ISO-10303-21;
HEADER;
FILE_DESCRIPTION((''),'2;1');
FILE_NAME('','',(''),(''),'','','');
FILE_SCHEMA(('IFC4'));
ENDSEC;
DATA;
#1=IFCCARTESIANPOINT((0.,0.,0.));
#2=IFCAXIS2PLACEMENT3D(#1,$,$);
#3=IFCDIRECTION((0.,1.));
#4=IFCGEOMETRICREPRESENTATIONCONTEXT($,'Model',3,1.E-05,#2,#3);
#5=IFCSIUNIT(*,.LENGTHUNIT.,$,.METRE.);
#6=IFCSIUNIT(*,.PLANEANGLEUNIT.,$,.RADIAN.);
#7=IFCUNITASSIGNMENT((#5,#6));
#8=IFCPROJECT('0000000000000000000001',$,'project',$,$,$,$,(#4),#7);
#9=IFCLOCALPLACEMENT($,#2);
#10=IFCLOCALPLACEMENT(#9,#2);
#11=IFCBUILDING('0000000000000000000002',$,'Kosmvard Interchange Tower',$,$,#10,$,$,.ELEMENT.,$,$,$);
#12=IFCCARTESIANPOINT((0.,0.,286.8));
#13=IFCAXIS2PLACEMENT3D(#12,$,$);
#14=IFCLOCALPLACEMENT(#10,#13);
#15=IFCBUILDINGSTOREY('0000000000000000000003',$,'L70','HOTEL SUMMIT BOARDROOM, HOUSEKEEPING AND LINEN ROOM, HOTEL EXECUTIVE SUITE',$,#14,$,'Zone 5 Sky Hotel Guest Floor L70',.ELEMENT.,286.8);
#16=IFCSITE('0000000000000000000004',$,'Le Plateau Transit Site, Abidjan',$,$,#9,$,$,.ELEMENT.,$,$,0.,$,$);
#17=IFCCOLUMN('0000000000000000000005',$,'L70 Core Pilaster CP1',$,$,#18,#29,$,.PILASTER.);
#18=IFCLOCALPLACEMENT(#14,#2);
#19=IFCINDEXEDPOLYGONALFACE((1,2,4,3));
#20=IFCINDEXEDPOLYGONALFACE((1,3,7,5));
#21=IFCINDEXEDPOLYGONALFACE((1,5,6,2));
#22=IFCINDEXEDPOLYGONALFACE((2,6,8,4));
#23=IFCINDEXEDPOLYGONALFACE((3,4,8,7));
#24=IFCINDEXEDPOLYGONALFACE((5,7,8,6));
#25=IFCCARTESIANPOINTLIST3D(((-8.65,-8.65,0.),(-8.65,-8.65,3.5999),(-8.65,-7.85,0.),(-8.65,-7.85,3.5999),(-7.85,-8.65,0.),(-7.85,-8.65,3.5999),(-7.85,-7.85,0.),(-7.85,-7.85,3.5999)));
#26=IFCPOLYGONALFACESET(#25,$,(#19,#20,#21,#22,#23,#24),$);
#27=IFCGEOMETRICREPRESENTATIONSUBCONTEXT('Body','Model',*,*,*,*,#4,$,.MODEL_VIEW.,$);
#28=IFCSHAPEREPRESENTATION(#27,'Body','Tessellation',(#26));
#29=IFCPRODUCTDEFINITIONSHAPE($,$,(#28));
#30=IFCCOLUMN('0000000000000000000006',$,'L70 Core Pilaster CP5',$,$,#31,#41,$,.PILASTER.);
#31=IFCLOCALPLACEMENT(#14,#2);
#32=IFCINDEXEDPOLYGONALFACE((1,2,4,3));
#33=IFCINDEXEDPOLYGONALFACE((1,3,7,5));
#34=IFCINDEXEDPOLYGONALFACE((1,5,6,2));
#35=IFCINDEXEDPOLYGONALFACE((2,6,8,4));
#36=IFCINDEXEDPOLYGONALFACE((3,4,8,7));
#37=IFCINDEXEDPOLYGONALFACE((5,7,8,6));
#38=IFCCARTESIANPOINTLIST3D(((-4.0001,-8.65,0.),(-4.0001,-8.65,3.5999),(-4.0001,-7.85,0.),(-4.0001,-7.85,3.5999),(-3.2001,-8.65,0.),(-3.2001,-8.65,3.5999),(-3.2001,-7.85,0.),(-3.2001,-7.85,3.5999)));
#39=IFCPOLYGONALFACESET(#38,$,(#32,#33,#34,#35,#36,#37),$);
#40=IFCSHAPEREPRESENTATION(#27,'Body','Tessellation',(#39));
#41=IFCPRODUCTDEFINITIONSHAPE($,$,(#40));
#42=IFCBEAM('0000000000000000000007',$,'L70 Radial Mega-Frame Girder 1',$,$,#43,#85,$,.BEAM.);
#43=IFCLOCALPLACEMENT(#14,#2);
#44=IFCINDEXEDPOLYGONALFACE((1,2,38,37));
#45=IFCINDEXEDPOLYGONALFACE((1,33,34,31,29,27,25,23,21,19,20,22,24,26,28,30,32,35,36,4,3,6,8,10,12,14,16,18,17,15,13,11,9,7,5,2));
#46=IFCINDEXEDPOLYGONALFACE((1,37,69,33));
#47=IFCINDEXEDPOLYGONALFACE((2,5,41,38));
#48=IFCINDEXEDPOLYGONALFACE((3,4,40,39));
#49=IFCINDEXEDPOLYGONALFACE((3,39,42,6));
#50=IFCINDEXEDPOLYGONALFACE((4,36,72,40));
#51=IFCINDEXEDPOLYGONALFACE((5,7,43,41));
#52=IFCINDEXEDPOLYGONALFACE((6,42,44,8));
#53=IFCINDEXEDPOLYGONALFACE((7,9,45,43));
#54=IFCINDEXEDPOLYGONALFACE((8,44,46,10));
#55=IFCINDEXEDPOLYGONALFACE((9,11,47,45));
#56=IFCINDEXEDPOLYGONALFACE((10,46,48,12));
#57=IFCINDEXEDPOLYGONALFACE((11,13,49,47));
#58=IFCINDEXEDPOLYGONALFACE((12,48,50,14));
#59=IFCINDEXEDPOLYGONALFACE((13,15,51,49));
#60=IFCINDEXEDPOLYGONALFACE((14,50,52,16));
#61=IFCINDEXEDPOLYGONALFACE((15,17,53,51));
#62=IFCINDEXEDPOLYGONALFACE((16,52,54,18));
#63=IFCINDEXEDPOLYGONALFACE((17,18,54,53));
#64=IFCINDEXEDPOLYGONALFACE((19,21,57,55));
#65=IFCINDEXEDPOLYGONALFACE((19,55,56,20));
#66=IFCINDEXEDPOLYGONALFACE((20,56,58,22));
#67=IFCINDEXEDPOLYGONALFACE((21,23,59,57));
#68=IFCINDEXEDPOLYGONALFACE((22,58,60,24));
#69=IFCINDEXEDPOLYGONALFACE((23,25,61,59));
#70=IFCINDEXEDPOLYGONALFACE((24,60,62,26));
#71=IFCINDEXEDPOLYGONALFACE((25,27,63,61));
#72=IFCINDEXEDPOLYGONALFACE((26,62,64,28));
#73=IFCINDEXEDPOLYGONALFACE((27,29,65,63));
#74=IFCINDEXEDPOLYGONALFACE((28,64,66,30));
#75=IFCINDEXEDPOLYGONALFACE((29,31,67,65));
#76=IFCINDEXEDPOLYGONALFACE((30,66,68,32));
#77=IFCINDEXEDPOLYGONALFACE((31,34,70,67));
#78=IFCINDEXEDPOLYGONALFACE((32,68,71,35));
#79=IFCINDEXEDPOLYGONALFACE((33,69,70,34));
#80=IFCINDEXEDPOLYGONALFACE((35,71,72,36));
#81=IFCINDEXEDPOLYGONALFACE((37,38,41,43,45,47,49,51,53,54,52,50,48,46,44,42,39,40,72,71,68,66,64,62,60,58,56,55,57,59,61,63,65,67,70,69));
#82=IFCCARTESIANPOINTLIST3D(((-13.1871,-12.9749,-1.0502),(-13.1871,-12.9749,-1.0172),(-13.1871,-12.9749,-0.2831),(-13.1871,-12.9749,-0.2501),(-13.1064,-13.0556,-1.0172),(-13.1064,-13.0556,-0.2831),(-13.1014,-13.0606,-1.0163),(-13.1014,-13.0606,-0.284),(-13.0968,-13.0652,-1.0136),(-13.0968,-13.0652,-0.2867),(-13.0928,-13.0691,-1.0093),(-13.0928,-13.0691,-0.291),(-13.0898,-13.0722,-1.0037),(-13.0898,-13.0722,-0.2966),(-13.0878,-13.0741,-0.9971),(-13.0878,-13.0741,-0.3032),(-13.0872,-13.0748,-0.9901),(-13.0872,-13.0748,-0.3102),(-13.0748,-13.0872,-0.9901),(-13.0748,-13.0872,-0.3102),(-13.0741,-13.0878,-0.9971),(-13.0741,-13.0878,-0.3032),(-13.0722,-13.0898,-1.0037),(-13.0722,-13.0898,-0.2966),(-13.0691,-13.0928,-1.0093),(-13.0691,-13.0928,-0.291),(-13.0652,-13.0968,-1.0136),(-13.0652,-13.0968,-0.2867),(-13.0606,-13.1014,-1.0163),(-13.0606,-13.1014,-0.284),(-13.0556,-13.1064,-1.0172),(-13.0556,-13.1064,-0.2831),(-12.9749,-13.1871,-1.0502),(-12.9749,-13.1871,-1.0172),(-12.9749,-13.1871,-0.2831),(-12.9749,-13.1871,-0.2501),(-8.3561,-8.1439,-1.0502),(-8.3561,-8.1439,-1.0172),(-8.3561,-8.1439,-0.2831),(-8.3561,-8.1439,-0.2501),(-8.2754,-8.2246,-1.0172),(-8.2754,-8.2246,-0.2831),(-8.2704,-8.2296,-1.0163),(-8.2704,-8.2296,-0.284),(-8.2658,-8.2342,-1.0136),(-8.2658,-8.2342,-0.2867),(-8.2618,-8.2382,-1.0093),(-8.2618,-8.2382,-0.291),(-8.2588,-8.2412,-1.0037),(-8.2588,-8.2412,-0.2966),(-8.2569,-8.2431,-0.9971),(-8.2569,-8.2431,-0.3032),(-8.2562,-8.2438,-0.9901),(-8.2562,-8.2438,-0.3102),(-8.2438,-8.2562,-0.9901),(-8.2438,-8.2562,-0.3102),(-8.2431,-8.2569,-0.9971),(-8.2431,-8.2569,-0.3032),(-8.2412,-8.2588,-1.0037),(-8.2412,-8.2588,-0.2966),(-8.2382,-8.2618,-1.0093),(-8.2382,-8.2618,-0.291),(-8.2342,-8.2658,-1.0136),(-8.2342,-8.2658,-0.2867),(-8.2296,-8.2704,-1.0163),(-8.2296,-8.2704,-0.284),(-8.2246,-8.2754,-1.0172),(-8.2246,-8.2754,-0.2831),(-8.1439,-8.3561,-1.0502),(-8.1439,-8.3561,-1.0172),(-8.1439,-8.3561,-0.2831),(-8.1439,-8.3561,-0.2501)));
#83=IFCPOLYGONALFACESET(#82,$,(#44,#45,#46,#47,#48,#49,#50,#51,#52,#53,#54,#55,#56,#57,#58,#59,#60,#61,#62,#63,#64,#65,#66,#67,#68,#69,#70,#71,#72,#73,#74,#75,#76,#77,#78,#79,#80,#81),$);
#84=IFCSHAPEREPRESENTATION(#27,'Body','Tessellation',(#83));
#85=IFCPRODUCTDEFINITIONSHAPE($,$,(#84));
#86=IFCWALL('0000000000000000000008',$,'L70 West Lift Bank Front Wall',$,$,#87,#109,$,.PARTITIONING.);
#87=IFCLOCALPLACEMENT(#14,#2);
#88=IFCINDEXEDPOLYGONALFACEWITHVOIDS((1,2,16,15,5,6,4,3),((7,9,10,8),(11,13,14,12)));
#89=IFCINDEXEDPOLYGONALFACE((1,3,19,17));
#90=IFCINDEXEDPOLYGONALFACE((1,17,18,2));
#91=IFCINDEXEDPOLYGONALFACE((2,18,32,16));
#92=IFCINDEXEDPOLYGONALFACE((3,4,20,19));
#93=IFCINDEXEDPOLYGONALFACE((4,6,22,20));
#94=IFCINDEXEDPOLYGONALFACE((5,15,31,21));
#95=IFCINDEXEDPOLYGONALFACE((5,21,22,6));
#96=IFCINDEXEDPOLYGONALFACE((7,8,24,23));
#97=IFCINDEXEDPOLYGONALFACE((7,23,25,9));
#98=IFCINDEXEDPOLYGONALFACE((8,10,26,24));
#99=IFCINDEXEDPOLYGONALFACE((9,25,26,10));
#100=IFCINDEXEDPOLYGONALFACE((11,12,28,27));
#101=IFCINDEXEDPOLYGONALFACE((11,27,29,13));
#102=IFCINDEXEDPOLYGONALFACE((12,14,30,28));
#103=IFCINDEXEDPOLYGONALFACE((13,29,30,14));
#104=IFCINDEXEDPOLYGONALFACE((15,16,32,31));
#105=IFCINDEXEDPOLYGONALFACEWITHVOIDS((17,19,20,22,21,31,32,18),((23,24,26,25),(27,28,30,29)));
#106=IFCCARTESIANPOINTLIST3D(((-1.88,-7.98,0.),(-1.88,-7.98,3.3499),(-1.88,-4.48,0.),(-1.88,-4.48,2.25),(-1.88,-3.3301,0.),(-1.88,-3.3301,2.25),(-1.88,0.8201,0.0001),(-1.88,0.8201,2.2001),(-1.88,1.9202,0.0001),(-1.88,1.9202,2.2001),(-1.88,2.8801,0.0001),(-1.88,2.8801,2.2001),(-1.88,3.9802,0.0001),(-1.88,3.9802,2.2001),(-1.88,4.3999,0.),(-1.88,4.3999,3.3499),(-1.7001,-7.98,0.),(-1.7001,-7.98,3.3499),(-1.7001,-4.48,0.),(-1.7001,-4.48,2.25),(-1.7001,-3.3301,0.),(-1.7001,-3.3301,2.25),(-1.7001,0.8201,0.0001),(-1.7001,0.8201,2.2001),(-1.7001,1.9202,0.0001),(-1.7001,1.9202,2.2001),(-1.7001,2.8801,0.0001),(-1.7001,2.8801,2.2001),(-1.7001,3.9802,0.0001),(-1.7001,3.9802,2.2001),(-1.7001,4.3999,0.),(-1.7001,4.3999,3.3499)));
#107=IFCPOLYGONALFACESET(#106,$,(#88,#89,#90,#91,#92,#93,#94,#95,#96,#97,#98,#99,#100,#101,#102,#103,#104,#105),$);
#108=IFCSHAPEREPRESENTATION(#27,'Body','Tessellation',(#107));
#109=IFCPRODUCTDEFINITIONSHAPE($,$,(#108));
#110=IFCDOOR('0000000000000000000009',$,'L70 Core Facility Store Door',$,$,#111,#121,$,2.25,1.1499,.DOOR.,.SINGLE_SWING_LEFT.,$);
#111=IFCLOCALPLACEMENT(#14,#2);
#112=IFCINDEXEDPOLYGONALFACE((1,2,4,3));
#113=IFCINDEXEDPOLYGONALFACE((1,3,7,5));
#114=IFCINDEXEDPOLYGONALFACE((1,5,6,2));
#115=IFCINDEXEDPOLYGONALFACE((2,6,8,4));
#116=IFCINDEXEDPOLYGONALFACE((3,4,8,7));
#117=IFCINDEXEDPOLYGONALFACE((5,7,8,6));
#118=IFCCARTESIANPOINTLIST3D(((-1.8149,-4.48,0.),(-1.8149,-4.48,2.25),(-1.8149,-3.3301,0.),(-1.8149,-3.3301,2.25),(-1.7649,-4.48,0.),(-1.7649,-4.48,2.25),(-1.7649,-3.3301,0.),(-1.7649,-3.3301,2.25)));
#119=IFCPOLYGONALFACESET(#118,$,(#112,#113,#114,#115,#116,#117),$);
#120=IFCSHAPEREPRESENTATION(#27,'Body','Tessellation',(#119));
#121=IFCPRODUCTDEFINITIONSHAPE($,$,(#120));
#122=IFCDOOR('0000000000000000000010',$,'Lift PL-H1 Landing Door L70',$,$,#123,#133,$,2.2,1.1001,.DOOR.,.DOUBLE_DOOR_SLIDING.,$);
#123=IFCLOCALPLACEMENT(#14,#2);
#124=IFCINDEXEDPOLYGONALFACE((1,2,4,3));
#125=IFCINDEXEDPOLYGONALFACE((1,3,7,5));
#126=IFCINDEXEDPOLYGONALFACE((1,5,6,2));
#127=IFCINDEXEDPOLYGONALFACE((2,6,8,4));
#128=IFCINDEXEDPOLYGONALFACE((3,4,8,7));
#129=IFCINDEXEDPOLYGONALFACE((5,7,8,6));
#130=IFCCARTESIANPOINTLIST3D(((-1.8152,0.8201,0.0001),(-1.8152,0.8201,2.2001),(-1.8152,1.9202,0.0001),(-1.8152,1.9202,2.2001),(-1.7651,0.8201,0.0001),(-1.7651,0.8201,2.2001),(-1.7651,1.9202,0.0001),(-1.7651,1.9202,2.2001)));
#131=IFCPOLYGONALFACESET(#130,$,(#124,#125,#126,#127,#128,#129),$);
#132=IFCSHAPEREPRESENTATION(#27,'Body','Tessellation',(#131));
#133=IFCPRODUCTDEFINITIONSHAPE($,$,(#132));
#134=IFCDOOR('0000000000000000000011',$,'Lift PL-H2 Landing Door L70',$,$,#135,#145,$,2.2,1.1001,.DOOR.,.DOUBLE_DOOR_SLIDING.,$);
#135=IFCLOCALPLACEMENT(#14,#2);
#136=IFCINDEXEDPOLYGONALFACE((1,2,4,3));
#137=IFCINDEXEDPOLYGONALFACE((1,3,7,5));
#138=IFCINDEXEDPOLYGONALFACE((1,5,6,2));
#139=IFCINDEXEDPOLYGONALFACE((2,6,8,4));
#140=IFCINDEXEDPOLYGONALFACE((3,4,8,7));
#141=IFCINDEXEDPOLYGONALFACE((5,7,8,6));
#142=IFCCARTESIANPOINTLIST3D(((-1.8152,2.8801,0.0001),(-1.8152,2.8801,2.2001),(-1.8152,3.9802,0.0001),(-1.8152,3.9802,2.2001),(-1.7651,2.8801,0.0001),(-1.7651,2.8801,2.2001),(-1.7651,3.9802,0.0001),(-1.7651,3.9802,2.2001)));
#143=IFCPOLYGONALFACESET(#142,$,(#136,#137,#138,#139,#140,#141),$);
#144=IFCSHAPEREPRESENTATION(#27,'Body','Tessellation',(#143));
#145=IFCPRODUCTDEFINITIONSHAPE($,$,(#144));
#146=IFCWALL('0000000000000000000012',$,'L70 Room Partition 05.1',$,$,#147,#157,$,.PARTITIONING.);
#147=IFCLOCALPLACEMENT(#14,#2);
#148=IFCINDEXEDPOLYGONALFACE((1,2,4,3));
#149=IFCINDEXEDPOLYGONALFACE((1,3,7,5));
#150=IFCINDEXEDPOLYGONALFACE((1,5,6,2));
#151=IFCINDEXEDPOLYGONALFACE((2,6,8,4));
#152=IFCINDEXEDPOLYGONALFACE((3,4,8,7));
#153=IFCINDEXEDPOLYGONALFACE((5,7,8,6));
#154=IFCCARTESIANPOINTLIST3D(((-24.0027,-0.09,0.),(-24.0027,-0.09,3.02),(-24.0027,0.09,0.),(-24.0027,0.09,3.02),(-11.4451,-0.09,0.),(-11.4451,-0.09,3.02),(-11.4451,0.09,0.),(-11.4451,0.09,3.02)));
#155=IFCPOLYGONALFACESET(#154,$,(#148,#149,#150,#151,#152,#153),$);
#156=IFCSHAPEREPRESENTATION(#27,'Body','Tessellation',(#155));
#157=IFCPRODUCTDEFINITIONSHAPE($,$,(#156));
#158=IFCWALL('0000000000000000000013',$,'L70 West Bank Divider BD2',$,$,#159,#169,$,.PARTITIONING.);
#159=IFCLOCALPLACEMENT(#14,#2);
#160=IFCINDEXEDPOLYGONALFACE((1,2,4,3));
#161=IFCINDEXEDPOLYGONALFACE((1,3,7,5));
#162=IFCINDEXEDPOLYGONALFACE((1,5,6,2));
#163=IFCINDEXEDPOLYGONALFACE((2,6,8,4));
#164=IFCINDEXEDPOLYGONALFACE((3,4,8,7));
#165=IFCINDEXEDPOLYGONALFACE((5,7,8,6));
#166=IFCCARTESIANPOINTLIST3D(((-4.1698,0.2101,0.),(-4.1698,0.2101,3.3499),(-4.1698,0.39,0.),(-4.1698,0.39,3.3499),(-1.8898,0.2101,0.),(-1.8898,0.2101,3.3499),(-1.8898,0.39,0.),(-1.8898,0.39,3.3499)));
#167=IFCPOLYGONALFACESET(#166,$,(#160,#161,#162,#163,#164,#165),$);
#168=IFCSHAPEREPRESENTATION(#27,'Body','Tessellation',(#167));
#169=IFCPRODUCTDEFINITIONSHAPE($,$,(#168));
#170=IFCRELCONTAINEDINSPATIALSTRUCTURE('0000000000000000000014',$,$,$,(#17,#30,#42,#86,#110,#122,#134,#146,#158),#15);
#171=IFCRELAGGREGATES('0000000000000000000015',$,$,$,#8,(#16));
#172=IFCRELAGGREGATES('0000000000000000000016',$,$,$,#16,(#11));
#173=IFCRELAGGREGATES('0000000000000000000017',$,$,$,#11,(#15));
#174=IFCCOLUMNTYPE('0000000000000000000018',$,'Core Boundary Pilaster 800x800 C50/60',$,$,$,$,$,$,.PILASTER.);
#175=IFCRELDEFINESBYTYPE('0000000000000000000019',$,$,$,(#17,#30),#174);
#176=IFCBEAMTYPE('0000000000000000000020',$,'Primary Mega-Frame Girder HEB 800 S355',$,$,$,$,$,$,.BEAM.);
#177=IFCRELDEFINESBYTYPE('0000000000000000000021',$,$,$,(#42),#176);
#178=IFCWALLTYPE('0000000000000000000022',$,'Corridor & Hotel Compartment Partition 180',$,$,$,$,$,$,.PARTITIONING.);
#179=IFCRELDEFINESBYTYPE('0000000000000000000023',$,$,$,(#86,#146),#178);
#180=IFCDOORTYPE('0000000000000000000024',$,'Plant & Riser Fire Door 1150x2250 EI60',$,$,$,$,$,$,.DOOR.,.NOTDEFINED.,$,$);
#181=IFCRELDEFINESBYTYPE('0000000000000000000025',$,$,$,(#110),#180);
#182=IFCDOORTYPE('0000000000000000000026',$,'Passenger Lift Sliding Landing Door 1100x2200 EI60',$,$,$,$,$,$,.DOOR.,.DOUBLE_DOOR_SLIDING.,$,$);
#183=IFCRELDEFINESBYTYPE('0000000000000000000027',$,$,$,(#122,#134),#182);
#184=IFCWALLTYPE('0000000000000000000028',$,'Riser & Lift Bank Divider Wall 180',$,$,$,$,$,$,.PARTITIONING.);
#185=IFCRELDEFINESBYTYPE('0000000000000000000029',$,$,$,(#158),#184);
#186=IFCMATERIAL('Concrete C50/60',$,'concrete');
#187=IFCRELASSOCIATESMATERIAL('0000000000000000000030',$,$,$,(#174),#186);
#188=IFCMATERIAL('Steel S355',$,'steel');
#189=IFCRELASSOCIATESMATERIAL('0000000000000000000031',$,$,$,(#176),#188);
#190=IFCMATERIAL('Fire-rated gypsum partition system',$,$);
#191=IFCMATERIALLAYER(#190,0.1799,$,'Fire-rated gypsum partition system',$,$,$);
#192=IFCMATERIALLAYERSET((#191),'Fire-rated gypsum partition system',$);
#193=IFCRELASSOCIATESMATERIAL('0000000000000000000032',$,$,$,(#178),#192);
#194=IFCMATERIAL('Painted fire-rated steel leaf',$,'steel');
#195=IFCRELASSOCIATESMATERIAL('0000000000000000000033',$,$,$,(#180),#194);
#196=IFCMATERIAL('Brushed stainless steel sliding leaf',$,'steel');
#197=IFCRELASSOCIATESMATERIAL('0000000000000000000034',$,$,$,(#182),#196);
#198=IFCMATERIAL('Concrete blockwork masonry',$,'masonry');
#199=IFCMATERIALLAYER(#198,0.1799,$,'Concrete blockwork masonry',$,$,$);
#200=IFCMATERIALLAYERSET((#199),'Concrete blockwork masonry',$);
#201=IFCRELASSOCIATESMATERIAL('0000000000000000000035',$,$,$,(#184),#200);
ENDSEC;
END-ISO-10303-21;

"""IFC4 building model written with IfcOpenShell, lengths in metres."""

from ifc_helpers import new_model, si_unit, direction, frame, frame_2d, origin, origin_2d, place, context, subcontext, project, spatial, rectangle, i_section, extrude, source, transform, mapped, material, layer, layer_set, material_profile, profile_set, type_object, element, fill, save


model = new_model("IFC4")

# Units and contexts
model_context = context("Model", 3, precision=1e-05, world=origin(), true_north=direction((0.0, 1.0)))
body_context = subcontext(model_context, "Body", "Model", "MODEL_VIEW")
ifc_project = project(units=[si_unit("LENGTHUNIT", "METRE"), si_unit("PLANEANGLEUNIT", "RADIAN")], contexts=[model_context])

# Site, building, storey
site_placement = place(None, origin())
site = spatial("IfcSite", under=ifc_project, at=site_placement, Name="Le Plateau Transit Site, Abidjan", CompositionType="ELEMENT", RefElevation=0.0)
building_placement = place(site_placement, origin())
building = spatial("IfcBuilding", under=site, at=building_placement, Name="Kosmvard Interchange Tower", CompositionType="ELEMENT")
storey_placement = place(building_placement, frame((0.0, 0.0, 286.8)))
storey = spatial("IfcBuildingStorey", under=building, at=storey_placement, Name="L70", Description="HOTEL SUMMIT BOARDROOM, HOUSEKEEPING AND LINEN ROOM, HOTEL EXECUTIVE SUITE", LongName="Zone 5 Sky Hotel Guest Floor L70", CompositionType="ELEMENT", Elevation=286.8)

# Columns
ifc_material_1 = material(Name="Concrete C50/60", Category="concrete")
ifc_material_profile_1 = material_profile(ifc_material_1, rectangle(XDim=0.8, YDim=0.8, at=origin_2d()), Name="CP 800x800")
ifc_profile_set_1 = profile_set([ifc_material_profile_1], Name="Concrete C50/60")
column_type = type_object("IfcColumnType", Name="Core Boundary Pilaster 800x800 C50/60", PredefinedType="PILASTER", material=ifc_profile_set_1)
shared_shape_1 = source(origin(), body_context, "Body", "SweptSolid", [
    extrude(rectangle(XDim=0.8, YDim=0.8, at=origin_2d()), origin(), (0.0, 0.0, 1.0), 3.5999),
])
for number, where, z_axis, x_axis, name in (
    (1, (-8.25, -8.25, 0.0), (0.0, 0.0, 1.0), (1.0, 0.0, 0.0), "L70 Core Pilaster CP1"),
    (2, (-3.6001, -8.25, 0.0), (0.0, 0.0, 1.0), (1.0, 0.0, 0.0), "L70 Core Pilaster CP5"),
):
    element("IfcColumn", number, at=place(storey_placement, frame(where, z_axis=z_axis, x_axis=x_axis)), inside=storey, type_object=column_type, Name=name, PredefinedType="PILASTER", context=body_context, shape_type="MappedRepresentation", body=[
        mapped(shared_shape_1, transform((0.0, 0.0, 0.0), scale=1.0)),
    ])

# Beam
ifc_material_2 = material(Name="Steel S355", Category="steel")
ifc_material_profile_2 = material_profile(ifc_material_2, i_section(OverallWidth=0.3, OverallDepth=0.8, WebThickness=0.0176, FlangeThickness=0.033, FilletRadius=0.0271, at=origin_2d()), Name="HEB 800")
ifc_profile_set_2 = profile_set([ifc_material_profile_2], Name="Steel S355")
beam_type = type_object("IfcBeamType", Name="Primary Mega-Frame Girder HEB 800 S355", PredefinedType="BEAM", material=ifc_profile_set_2)
shared_shape_2 = source(origin(), body_context, "Body", "SweptSolid", [
    extrude(i_section(OverallWidth=0.3, OverallDepth=0.8, WebThickness=0.0176, FlangeThickness=0.033, FilletRadius=0.0271, at=origin_2d()), origin(), (0.0, 0.0, 1.0), 6.832),
])
beam_placement = place(storey_placement, frame((-8.25, -8.25, -0.6501), z_axis=(-0.707107, -0.707107, 0.0), x_axis=(0.707107, -0.707107, 0.0)))
element("IfcBeam", 3, at=beam_placement, inside=storey, type_object=beam_type, Name="L70 Radial Mega-Frame Girder 1", PredefinedType="BEAM", context=body_context, shape_type="MappedRepresentation", body=[
    mapped(shared_shape_2, transform((0.0, 0.0, 0.0), scale=1.0)),
])

# Wall, openings, doors
ifc_material_3 = material(Name="Fire-rated gypsum partition system")
ifc_layer_1 = layer(ifc_material_3, 0.1799, Name="Fire-rated gypsum partition system")
ifc_layer_set_1 = layer_set([ifc_layer_1], Name="Fire-rated gypsum partition system")
wall_type_1 = type_object("IfcWallType", Name="Corridor & Hotel Compartment Partition 180", PredefinedType="PARTITIONING", material=ifc_layer_set_1)
wall_1_placement = place(storey_placement, frame((-1.79, -7.98, 0.0), z_axis=(0.0, 0.0, 1.0), x_axis=(0.0, 1.0, 0.0)))
wall_1 = element("IfcWall", 4, at=wall_1_placement, inside=storey, type_object=wall_type_1, Name="L70 West Lift Bank Front Wall", PredefinedType="PARTITIONING", context=body_context, shape_type="SweptSolid", body=[
    extrude(rectangle(XDim=12.3799, YDim=0.1799, at=frame_2d((6.1899, 0.0))), origin(), (0.0, 0.0, 1.0), 3.3499),
])
opening_1_placement = place(wall_1_placement, frame((8.8, 0.0, 0.0)))
opening_1 = element("IfcOpeningElement", 5, at=opening_1_placement, cuts=wall_1, PredefinedType="OPENING", context=body_context, shape_type="SweptSolid", body=[
    extrude(rectangle(XDim=1.1001, YDim=2.2, at=frame_2d((0.55, 1.1001))), frame((0.0, 0.1001, 0.0), z_axis=(0.0, -1.0, 0.0), x_axis=(1.0, 0.0, 0.0)), (0.0, 0.0, 1.0), 0.2),
])
opening_2_placement = place(wall_1_placement, frame((10.8601, 0.0, 0.0)))
opening_2 = element("IfcOpeningElement", 6, at=opening_2_placement, cuts=wall_1, PredefinedType="OPENING", context=body_context, shape_type="SweptSolid", body=[
    extrude(rectangle(XDim=1.1001, YDim=2.2, at=frame_2d((0.55, 1.1001))), frame((0.0, 0.1001, 0.0), z_axis=(0.0, -1.0, 0.0), x_axis=(1.0, 0.0, 0.0)), (0.0, 0.0, 1.0), 0.2),
])
opening_3_placement = place(wall_1_placement, frame((3.5, 0.0, 0.0)))
opening_3 = element("IfcOpeningElement", 7, at=opening_3_placement, cuts=wall_1, PredefinedType="OPENING", context=body_context, shape_type="SweptSolid", body=[
    extrude(rectangle(XDim=1.1499, YDim=2.25, at=frame_2d((0.575, 1.125))), frame((0.0, 0.1001, 0.0), z_axis=(0.0, -1.0, 0.0), x_axis=(1.0, 0.0, 0.0)), (0.0, 0.0, 1.0), 0.2),
])
ifc_material_4 = material(Name="Painted fire-rated steel leaf", Category="steel")
door_type_1 = type_object("IfcDoorType", Name="Plant & Riser Fire Door 1150x2250 EI60", OperationType="NOTDEFINED", PredefinedType="DOOR", material=ifc_material_4)
shared_shape_3 = source(origin(), body_context, "Body", "SweptSolid", [
    extrude(rectangle(XDim=1.1499, YDim=2.25, at=frame_2d((0.575, 1.125))), frame((0.0, 0.0249, 0.0), z_axis=(0.0, -1.0, 0.0), x_axis=(1.0, 0.0, 0.0)), (0.0, 0.0, 1.0), 0.05),
])
door_1_placement = place(opening_3_placement, origin())
door_1 = element("IfcDoor", 8, at=door_1_placement, inside=storey, type_object=door_type_1, Name="L70 Core Facility Store Door", OperationType="SINGLE_SWING_LEFT", OverallHeight=2.25, OverallWidth=1.1499, PredefinedType="DOOR", context=body_context, shape_type="MappedRepresentation", body=[
    mapped(shared_shape_3, transform((0.0, 0.0, 0.0), scale=1.0)),
])
fill(opening_3, door_1)
ifc_material_5 = material(Name="Brushed stainless steel sliding leaf", Category="steel")
door_type_2 = type_object("IfcDoorType", Name="Passenger Lift Sliding Landing Door 1100x2200 EI60", OperationType="DOUBLE_DOOR_SLIDING", PredefinedType="DOOR", material=ifc_material_5)
shared_shape_4 = source(origin(), body_context, "Body", "SweptSolid", [
    extrude(rectangle(XDim=1.1001, YDim=2.2, at=frame_2d((0.55, 1.1001))), frame((0.0, 0.0249, 0.0), z_axis=(0.0, -1.0, 0.0), x_axis=(1.0, 0.0, 0.0)), (0.0, 0.0, 1.0), 0.05),
])
door_2_placement = place(opening_1_placement, frame((1.1001, 0.0, 0.0), z_axis=(0.0, 0.0, 1.0), x_axis=(-1.0, 0.0, 0.0)))
door_2 = element("IfcDoor", 9, at=door_2_placement, inside=storey, type_object=door_type_2, Name="Lift PL-H1 Landing Door L70", OperationType="DOUBLE_DOOR_SLIDING", OverallHeight=2.2, OverallWidth=1.1001, PredefinedType="DOOR", context=body_context, shape_type="MappedRepresentation", body=[
    mapped(shared_shape_4, transform((0.0, 0.0, 0.0), scale=1.0)),
])
fill(opening_1, door_2)
door_3_placement = place(opening_2_placement, frame((1.1001, 0.0, 0.0), z_axis=(0.0, 0.0, 1.0), x_axis=(-1.0, 0.0, 0.0)))
door_3 = element("IfcDoor", 10, at=door_3_placement, inside=storey, type_object=door_type_2, Name="Lift PL-H2 Landing Door L70", OperationType="DOUBLE_DOOR_SLIDING", OverallHeight=2.2, OverallWidth=1.1001, PredefinedType="DOOR", context=body_context, shape_type="MappedRepresentation", body=[
    mapped(shared_shape_4, transform((0.0, 0.0, 0.0), scale=1.0)),
])
fill(opening_2, door_3)

# Walls
wall_2_placement = place(storey_placement, frame((-11.4451, 0.0, 0.0), z_axis=(0.0, 0.0, 1.0), x_axis=(-1.0, 0.0, 0.0)))
element("IfcWall", 11, at=wall_2_placement, inside=storey, type_object=wall_type_1, Name="L70 Room Partition 05.1", PredefinedType="PARTITIONING", context=body_context, shape_type="SweptSolid", body=[
    extrude(rectangle(XDim=12.5576, YDim=0.1799, at=frame_2d((6.2788, 0.0))), origin(), (0.0, 0.0, 1.0), 3.02),
])
ifc_material_6 = material(Name="Concrete blockwork masonry", Category="masonry")
ifc_layer_2 = layer(ifc_material_6, 0.1799, Name="Concrete blockwork masonry")
ifc_layer_set_2 = layer_set([ifc_layer_2], Name="Concrete blockwork masonry")
wall_type_2 = type_object("IfcWallType", Name="Riser & Lift Bank Divider Wall 180", PredefinedType="PARTITIONING", material=ifc_layer_set_2)
wall_3_placement = place(storey_placement, frame((-4.1699, 0.3, 0.0), z_axis=(0.0, 0.0, 1.0), x_axis=(1.0, 0.0, 0.0)))
element("IfcWall", 12, at=wall_3_placement, inside=storey, type_object=wall_type_2, Name="L70 West Bank Divider BD2", PredefinedType="PARTITIONING", context=body_context, shape_type="SweptSolid", body=[
    extrude(rectangle(XDim=2.28, YDim=0.1799, at=frame_2d((1.1401, 0.0))), origin(), (0.0, 0.0, 1.0), 3.3499),
])

save(model, "model.ifc")
